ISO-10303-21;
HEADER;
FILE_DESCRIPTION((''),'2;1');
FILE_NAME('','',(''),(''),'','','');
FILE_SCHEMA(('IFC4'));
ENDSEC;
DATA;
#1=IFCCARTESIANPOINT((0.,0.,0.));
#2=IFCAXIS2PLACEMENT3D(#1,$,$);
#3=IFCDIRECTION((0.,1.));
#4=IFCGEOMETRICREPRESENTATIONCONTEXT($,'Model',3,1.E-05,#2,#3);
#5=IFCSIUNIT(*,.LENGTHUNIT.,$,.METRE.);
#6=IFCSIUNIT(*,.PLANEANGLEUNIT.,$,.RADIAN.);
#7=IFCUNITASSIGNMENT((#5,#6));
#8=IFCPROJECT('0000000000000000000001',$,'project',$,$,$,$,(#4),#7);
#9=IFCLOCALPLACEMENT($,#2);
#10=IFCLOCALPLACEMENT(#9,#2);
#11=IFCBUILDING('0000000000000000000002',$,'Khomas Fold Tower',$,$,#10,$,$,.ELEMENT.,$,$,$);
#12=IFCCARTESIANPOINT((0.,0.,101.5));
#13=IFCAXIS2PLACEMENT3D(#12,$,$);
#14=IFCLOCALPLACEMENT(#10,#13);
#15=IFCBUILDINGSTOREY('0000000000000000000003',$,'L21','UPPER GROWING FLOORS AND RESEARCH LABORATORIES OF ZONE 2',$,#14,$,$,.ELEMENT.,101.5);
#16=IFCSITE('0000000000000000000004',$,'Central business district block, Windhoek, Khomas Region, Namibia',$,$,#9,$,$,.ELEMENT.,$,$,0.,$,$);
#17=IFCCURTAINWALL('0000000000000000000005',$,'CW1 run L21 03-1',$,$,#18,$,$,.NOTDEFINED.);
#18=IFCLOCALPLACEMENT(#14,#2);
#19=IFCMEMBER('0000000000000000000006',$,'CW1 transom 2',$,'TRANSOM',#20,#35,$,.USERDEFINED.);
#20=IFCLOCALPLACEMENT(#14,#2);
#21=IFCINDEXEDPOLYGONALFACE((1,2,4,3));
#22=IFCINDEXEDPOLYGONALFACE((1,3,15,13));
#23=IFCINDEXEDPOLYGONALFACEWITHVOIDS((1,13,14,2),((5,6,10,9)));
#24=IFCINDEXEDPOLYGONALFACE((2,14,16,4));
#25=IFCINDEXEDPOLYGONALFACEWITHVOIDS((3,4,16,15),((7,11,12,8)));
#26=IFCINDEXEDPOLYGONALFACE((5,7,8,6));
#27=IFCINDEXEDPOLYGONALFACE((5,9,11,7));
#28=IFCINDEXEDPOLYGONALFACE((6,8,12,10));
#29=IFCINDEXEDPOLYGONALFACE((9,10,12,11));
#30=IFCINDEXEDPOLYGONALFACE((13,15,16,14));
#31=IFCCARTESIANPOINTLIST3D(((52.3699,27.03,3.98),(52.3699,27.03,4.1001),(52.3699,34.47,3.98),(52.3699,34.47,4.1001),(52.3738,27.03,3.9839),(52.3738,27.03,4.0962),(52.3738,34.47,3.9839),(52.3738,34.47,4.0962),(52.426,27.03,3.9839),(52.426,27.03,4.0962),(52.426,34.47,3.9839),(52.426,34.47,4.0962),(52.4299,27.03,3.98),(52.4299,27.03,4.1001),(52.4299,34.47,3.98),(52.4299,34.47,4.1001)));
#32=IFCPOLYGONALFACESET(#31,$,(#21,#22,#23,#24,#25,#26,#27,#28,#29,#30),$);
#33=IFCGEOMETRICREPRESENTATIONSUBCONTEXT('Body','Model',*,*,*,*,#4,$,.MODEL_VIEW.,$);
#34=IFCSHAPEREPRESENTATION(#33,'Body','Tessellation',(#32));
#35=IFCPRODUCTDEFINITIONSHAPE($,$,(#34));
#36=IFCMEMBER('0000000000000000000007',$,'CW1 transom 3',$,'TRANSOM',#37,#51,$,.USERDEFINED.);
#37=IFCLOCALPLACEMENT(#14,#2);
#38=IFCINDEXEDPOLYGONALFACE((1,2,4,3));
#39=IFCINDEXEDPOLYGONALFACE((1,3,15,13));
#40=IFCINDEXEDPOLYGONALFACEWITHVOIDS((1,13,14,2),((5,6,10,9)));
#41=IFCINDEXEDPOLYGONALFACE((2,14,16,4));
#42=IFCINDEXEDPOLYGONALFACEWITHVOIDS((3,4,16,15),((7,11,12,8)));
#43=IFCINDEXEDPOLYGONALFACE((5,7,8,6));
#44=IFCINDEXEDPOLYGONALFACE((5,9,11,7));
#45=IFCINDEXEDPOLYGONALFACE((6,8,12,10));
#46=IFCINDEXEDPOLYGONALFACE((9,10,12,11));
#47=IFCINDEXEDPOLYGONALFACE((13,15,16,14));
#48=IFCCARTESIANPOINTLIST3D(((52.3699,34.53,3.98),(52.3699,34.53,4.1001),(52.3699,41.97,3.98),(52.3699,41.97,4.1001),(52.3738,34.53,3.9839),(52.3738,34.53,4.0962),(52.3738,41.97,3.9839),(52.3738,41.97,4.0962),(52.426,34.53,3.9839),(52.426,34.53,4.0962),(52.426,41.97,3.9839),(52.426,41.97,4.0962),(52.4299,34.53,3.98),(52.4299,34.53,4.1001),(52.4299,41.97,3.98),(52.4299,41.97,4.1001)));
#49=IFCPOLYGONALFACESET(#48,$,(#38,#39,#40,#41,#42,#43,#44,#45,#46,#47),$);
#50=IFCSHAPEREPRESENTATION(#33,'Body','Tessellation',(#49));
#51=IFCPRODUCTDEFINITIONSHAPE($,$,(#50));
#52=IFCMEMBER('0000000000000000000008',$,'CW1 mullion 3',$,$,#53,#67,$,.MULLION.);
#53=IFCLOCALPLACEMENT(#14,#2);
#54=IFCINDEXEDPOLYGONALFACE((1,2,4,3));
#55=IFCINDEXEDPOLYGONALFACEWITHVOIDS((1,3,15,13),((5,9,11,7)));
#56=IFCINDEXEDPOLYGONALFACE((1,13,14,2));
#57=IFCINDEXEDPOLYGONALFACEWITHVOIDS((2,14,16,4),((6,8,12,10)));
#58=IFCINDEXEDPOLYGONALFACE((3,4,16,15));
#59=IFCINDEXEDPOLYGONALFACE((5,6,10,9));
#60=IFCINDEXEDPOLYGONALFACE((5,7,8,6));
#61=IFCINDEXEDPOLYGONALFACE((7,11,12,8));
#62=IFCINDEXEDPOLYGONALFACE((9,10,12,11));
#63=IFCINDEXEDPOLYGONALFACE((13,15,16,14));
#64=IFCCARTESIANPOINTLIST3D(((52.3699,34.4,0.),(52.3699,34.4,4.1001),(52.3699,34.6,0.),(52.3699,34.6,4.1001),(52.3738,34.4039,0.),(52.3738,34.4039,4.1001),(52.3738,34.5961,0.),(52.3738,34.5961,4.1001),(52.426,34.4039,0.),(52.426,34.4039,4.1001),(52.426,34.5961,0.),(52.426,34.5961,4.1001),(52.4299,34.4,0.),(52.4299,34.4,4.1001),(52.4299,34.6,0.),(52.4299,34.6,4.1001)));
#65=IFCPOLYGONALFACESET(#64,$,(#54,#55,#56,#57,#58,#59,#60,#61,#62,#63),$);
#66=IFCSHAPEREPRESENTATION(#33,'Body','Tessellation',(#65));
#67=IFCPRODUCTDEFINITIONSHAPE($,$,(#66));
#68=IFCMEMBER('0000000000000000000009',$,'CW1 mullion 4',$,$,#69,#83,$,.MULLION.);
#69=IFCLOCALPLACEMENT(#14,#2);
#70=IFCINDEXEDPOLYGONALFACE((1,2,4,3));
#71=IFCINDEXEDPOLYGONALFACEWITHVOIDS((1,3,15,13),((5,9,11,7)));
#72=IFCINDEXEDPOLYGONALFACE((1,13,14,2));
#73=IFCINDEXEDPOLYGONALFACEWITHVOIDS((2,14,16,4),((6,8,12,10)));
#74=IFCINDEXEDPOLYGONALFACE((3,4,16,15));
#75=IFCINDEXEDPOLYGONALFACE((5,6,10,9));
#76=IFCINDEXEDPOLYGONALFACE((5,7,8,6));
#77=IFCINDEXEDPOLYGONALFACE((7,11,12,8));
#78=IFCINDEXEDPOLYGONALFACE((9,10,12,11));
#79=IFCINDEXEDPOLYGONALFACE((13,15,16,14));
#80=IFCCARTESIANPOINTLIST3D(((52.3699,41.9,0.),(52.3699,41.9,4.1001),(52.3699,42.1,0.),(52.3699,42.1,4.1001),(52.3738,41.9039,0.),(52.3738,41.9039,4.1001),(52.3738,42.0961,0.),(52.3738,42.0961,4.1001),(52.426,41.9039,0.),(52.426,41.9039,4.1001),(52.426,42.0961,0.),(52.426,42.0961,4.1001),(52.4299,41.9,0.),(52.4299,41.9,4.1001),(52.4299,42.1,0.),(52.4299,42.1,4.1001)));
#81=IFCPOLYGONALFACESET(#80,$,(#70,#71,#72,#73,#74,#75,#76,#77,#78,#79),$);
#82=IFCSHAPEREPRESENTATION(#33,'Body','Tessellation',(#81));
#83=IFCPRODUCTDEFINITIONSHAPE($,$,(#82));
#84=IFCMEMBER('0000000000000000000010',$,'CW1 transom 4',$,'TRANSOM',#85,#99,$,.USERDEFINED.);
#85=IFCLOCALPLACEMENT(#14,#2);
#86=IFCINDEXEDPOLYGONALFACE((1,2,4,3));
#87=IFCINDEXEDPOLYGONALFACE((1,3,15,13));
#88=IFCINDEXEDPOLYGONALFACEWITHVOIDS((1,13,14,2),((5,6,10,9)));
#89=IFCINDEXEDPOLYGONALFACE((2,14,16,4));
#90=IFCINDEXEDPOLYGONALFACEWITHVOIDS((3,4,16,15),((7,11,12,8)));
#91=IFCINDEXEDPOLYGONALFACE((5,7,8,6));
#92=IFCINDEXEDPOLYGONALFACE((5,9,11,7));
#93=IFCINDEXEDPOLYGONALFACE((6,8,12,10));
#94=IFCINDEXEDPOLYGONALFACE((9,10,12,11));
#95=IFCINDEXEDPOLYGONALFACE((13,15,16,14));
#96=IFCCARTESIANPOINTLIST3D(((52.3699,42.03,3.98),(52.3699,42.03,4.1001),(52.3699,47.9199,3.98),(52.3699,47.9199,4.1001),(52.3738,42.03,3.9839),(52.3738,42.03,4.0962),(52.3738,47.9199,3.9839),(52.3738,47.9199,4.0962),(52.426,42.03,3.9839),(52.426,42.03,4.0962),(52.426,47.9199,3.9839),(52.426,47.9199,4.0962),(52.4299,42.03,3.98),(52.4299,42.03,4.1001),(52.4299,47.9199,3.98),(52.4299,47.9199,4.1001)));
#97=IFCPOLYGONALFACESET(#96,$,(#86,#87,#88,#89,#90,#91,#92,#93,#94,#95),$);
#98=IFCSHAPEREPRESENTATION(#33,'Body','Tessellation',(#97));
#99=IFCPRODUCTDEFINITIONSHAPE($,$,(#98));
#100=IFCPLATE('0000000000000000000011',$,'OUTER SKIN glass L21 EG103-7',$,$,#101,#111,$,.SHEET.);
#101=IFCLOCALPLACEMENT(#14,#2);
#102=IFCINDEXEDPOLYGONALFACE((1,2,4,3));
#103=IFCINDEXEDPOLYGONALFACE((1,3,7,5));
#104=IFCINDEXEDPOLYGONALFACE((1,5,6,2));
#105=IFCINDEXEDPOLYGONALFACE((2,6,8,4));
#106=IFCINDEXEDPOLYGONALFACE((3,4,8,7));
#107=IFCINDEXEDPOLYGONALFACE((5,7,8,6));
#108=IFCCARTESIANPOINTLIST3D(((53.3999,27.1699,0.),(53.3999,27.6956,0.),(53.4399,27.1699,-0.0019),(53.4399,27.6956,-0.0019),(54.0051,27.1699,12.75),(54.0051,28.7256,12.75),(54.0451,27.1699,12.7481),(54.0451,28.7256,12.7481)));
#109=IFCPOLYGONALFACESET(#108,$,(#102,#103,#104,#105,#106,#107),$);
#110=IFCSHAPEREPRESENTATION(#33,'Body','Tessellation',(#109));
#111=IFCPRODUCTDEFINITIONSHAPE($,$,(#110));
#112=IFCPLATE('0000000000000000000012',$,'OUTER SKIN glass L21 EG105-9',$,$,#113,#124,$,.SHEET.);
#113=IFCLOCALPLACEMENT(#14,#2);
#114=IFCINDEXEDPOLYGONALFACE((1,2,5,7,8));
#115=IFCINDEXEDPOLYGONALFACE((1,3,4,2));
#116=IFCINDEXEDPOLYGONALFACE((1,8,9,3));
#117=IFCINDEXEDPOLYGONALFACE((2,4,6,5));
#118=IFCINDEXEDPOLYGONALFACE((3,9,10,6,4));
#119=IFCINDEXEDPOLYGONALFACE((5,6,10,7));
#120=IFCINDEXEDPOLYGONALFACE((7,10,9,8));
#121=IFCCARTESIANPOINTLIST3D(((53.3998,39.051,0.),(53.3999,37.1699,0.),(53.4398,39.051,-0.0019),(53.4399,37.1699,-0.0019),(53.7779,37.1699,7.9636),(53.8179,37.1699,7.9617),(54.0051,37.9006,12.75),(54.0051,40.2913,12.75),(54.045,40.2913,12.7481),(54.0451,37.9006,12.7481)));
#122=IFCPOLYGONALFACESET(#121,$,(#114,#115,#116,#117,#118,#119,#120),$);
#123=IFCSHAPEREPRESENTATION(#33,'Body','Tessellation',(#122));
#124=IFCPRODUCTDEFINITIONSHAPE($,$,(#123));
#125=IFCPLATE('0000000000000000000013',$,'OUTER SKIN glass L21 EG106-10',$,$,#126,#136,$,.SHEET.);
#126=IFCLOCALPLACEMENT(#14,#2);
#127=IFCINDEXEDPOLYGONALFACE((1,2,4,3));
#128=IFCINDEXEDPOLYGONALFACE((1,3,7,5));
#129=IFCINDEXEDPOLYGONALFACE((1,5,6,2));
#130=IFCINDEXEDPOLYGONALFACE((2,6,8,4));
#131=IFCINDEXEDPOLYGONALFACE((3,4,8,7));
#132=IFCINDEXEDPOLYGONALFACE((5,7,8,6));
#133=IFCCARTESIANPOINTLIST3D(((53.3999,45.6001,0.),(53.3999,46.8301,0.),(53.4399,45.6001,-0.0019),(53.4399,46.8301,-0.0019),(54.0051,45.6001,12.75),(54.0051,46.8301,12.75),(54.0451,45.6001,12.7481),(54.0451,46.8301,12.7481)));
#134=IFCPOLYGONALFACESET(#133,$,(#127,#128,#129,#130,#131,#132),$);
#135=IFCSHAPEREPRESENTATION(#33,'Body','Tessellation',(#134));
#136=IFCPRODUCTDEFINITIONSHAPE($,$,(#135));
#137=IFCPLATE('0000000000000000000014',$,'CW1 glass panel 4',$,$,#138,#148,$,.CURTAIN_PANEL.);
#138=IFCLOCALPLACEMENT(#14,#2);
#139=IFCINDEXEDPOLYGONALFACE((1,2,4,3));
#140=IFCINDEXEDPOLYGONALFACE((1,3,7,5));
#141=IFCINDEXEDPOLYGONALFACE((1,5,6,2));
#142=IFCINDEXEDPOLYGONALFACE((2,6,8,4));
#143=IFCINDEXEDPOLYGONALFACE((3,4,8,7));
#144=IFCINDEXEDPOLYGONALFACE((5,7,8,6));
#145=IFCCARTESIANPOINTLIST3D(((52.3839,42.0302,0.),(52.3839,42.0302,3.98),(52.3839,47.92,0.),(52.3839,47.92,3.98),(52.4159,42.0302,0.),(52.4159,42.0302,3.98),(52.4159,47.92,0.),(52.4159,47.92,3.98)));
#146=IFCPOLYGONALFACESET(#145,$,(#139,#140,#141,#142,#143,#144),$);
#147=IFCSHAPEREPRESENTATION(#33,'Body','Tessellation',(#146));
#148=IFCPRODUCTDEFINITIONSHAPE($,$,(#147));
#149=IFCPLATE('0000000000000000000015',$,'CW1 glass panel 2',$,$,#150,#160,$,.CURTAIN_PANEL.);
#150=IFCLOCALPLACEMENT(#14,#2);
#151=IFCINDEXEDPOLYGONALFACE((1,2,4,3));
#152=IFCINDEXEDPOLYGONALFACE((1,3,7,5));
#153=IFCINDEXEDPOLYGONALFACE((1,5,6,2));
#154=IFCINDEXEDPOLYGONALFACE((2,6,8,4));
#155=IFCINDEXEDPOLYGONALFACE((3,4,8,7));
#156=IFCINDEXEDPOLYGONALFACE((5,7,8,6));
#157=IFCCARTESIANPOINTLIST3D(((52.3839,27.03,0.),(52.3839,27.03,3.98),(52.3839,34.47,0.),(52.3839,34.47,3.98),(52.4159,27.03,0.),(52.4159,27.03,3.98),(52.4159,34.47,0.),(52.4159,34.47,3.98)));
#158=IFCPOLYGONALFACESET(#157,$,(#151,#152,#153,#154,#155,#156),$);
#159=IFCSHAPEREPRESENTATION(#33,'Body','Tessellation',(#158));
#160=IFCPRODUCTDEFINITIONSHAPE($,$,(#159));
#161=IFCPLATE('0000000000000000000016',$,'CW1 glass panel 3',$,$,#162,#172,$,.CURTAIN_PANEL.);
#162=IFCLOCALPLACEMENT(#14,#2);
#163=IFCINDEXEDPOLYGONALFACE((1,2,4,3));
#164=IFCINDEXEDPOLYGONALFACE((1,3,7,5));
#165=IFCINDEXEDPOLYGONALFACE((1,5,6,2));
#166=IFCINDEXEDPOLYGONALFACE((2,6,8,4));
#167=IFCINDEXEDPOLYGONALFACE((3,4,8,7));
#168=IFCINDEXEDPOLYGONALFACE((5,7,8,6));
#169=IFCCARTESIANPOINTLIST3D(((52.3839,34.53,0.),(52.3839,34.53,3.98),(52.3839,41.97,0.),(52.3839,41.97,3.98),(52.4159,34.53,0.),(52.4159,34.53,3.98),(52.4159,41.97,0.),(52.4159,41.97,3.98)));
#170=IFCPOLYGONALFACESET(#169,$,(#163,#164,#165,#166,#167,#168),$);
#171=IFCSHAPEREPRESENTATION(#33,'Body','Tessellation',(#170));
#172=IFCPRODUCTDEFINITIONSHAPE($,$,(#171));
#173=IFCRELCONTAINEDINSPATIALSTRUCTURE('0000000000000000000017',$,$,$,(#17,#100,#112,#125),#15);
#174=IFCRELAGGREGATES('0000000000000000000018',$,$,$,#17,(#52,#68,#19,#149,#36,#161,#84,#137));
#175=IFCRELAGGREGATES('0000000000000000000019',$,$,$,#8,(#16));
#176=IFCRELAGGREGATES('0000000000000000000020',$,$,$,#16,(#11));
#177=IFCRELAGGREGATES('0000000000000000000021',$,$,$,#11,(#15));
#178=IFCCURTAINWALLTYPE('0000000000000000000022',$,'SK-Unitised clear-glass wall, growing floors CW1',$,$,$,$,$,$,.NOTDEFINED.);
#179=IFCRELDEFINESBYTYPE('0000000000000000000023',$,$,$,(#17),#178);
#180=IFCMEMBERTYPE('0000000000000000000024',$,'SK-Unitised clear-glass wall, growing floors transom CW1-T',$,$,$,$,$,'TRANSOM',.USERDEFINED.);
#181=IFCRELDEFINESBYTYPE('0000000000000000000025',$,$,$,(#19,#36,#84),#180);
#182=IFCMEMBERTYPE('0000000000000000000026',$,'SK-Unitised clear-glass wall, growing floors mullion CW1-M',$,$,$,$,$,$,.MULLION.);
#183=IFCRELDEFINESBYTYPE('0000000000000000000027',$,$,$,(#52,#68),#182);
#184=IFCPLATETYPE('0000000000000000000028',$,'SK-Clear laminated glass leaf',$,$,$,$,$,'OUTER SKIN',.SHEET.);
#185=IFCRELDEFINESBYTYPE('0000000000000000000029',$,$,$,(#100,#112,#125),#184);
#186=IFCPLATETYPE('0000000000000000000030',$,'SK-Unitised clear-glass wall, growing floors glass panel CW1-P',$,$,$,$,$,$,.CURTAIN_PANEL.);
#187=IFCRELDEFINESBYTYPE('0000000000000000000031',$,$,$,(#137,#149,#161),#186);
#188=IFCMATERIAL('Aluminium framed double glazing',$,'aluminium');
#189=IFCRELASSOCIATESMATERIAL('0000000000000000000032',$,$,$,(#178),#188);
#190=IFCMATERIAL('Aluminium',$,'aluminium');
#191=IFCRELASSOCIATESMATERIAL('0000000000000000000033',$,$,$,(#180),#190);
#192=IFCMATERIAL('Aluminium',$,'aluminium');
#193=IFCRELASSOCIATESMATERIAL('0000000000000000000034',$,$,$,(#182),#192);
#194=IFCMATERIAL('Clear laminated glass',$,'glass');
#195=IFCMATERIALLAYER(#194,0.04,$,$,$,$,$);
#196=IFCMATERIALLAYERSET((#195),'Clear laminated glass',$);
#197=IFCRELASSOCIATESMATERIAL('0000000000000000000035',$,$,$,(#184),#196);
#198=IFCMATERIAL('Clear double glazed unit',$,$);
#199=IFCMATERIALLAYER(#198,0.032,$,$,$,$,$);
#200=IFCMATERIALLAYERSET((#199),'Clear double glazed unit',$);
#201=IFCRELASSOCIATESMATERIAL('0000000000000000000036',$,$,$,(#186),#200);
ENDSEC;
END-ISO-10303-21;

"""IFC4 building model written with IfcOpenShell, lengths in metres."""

from ifc_helpers import new_model, si_unit, direction, frame, origin, origin_2d, place, context, subcontext, project, spatial, polyline, rectangle, hollow_rectangle, outline, extrude, source, transform, mapped, material, layer, layer_set, material_profile, profile_set, type_object, element, aggregate, save


model = new_model("IFC4")

# Units and contexts
model_context = context("Model", 3, precision=1e-05, world=origin(), true_north=direction((0.0, 1.0)))
body_context = subcontext(model_context, "Body", "Model", "MODEL_VIEW")
ifc_project = project(units=[si_unit("LENGTHUNIT", "METRE"), si_unit("PLANEANGLEUNIT", "RADIAN")], contexts=[model_context])

# Site, building, storey
site_placement = place(None, origin())
site = spatial("IfcSite", under=ifc_project, at=site_placement, Name="Central business district block, Windhoek, Khomas Region, Namibia", CompositionType="ELEMENT", RefElevation=0.0)
building_placement = place(site_placement, origin())
building = spatial("IfcBuilding", under=site, at=building_placement, Name="Khomas Fold Tower", CompositionType="ELEMENT")
storey_placement = place(building_placement, frame((0.0, 0.0, 101.5)))
storey = spatial("IfcBuildingStorey", under=building, at=storey_placement, Name="L21", Description="UPPER GROWING FLOORS AND RESEARCH LABORATORIES OF ZONE 2", CompositionType="ELEMENT", Elevation=101.5)

# Curtain wall, members
ifc_material_1 = material(Name="Aluminium framed double glazing", Category="aluminium")
curtain_wall_type = type_object("IfcCurtainWallType", Name="SK-Unitised clear-glass wall, growing floors CW1", PredefinedType="NOTDEFINED", material=ifc_material_1)
curtain_wall_placement = place(storey_placement, origin())
curtain_wall = element("IfcCurtainWall", 1, at=curtain_wall_placement, inside=storey, type_object=curtain_wall_type, Name="CW1 run L21 03-1", PredefinedType="NOTDEFINED")
ifc_material_2 = material(Name="Aluminium", Category="aluminium")
ifc_material_profile_1 = material_profile(ifc_material_2, hollow_rectangle(XDim=0.0601, YDim=0.1201, WallThickness=0.0039, at=origin_2d()), Name="SK-Unitised clear-glass wall, growing floors transom CW1-T")
ifc_profile_set_1 = profile_set([ifc_material_profile_1], Name="Aluminium")
member_type_1 = type_object("IfcMemberType", Name="SK-Unitised clear-glass wall, growing floors transom CW1-T", ElementType="TRANSOM", PredefinedType="USERDEFINED", material=ifc_profile_set_1)
shared_shape_1 = source(origin(), body_context, "Body", "SweptSolid", [
    extrude(hollow_rectangle(XDim=0.0601, YDim=0.1201, WallThickness=0.0039, at=origin_2d()), origin(), (0.0, 0.0, 1.0), 7.4399),
])
member_1_placement = place(storey_placement, frame((52.3999, 27.03, 4.04), z_axis=(0.0, 1.0, 0.0), x_axis=(-1.0, 0.0, 0.0)))
member_1 = element("IfcMember", 2, at=member_1_placement, type_object=member_type_1, Name="CW1 transom 2", ObjectType="TRANSOM", PredefinedType="USERDEFINED", context=body_context, shape_type="MappedRepresentation", body=[
    mapped(shared_shape_1, transform((0.0, 0.0, 0.0))),
])
member_2_placement = place(storey_placement, frame((52.3999, 34.53, 4.04), z_axis=(0.0, 1.0, 0.0), x_axis=(-1.0, 0.0, 0.0)))
member_2 = element("IfcMember", 3, at=member_2_placement, type_object=member_type_1, Name="CW1 transom 3", ObjectType="TRANSOM", PredefinedType="USERDEFINED", context=body_context, shape_type="MappedRepresentation", body=[
    mapped(shared_shape_1, transform((0.0, 0.0, 0.0))),
])
ifc_material_3 = material(Name="Aluminium", Category="aluminium")
ifc_material_profile_2 = material_profile(ifc_material_3, hollow_rectangle(XDim=0.0601, YDim=0.2, WallThickness=0.0039, at=origin_2d()), Name="SK-Unitised clear-glass wall, growing floors mullion CW1-M")
ifc_profile_set_2 = profile_set([ifc_material_profile_2], Name="Aluminium")
member_type_2 = type_object("IfcMemberType", Name="SK-Unitised clear-glass wall, growing floors mullion CW1-M", PredefinedType="MULLION", material=ifc_profile_set_2)
shared_shape_2 = source(origin(), body_context, "Body", "SweptSolid", [
    extrude(hollow_rectangle(XDim=0.0601, YDim=0.2, WallThickness=0.0039, at=origin_2d()), origin(), (0.0, 0.0, 1.0), 4.1001),
])
member_3_placement = place(storey_placement, frame((52.3999, 34.5, 0.0), z_axis=(0.0, 0.0, 1.0), x_axis=(-1.0, 0.0, 0.0)))
member_3 = element("IfcMember", 4, at=member_3_placement, type_object=member_type_2, Name="CW1 mullion 3", PredefinedType="MULLION", context=body_context, shape_type="MappedRepresentation", body=[
    mapped(shared_shape_2, transform((0.0, 0.0, 0.0))),
])
member_4_placement = place(storey_placement, frame((52.3999, 42.0, 0.0), z_axis=(0.0, 0.0, 1.0), x_axis=(-1.0, 0.0, 0.0)))
member_4 = element("IfcMember", 5, at=member_4_placement, type_object=member_type_2, Name="CW1 mullion 4", PredefinedType="MULLION", context=body_context, shape_type="MappedRepresentation", body=[
    mapped(shared_shape_2, transform((0.0, 0.0, 0.0))),
])
shared_shape_3 = source(origin(), body_context, "Body", "SweptSolid", [
    extrude(hollow_rectangle(XDim=0.0601, YDim=0.1201, WallThickness=0.0039, at=origin_2d()), origin(), (0.0, 0.0, 1.0), 5.8899),
])
member_5_placement = place(storey_placement, frame((52.3999, 42.03, 4.04), z_axis=(0.0, 1.0, 0.0), x_axis=(-1.0, 0.0, 0.0)))
member_5 = element("IfcMember", 6, at=member_5_placement, type_object=member_type_1, Name="CW1 transom 4", ObjectType="TRANSOM", PredefinedType="USERDEFINED", context=body_context, shape_type="MappedRepresentation", body=[
    mapped(shared_shape_3, transform((0.0, 0.0, 0.0))),
])

# Plates
ifc_material_4 = material(Name="Clear laminated glass", Category="glass")
ifc_layer_1 = layer(ifc_material_4, 0.04)
ifc_layer_set_1 = layer_set([ifc_layer_1], Name="Clear laminated glass")
plate_type_1 = type_object("IfcPlateType", Name="SK-Clear laminated glass leaf", ElementType="OUTER SKIN", PredefinedType="SHEET", material=ifc_layer_set_1)
plate_1_placement = place(storey_placement, frame((54.0051, 28.7256, 12.75), z_axis=(-0.998875, 0.0, 0.047415), x_axis=(-0.047262, -0.080434, -0.995639)))
element("IfcPlate", 7, at=plate_1_placement, inside=storey, type_object=plate_type_1, Name="OUTER SKIN glass L21 EG103-7", PredefinedType="SHEET", context=body_context, shape_type="SweptSolid", body=[
    extrude(outline(polyline([(0.0, 0.0), (12.8058, 0.0), (12.8481, 0.5239), (0.1251, 1.5506), (0.0, 0.0)])), origin(), (0.0, 0.0, -1.0), 0.04),
])
plate_2_placement = place(storey_placement, frame((54.0051, 37.9006, 12.75), z_axis=(-0.998875, -0.000032, 0.047417), x_axis=(-0.000032, 1.0, 0.000002)))
element("IfcPlate", 8, at=plate_2_placement, inside=storey, type_object=plate_type_1, Name="OUTER SKIN glass L21 EG105-9", PredefinedType="SHEET", context=body_context, shape_type="SweptSolid", body=[
    extrude(outline(polyline([(0.0, 0.0), (2.3906, 0.0), (1.1504, 12.7644), (-0.7307, 12.7644), (-0.7307, 4.7918), (0.0, 0.0)])), origin(), (0.0, 0.0, -1.0), 0.04),
])
plate_3_placement = place(storey_placement, frame((54.0051, 45.6001, 12.75), z_axis=(-0.998875, 0.0, 0.047415), x_axis=(0.0, 1.0, 0.0)))
element("IfcPlate", 9, at=plate_3_placement, inside=storey, type_object=plate_type_1, Name="OUTER SKIN glass L21 EG106-10", PredefinedType="SHEET", context=body_context, shape_type="SweptSolid", body=[
    extrude(outline(polyline([(0.0, 0.0), (1.23, 0.0), (1.23, 12.7644), (0.0, 12.7644), (0.0, 0.0)])), origin(), (0.0, 0.0, -1.0), 0.04),
])

# Plates
ifc_material_5 = material(Name="Clear double glazed unit")
ifc_layer_2 = layer(ifc_material_5, 0.032)
ifc_layer_set_2 = layer_set([ifc_layer_2], Name="Clear double glazed unit")
plate_type_2 = type_object("IfcPlateType", Name="SK-Unitised clear-glass wall, growing floors glass panel CW1-P", PredefinedType="CURTAIN_PANEL", material=ifc_layer_set_2)
shared_shape_4 = source(origin(), body_context, "Body", "SweptSolid", [
    extrude(rectangle(XDim=5.8899, YDim=0.032, at=origin_2d()), origin(), (0.0, 0.0, 1.0), 3.98),
])
plate_4_placement = place(storey_placement, frame((52.3999, 44.9751, 0.0), z_axis=(0.0, 0.0, 1.0), x_axis=(0.0, 1.0, 0.0)))
plate_4 = element("IfcPlate", 10, at=plate_4_placement, type_object=plate_type_2, Name="CW1 glass panel 4", PredefinedType="CURTAIN_PANEL", context=body_context, shape_type="MappedRepresentation", body=[
    mapped(shared_shape_4, transform((0.0, 0.0, 0.0))),
])
shared_shape_5 = source(origin(), body_context, "Body", "SweptSolid", [
    extrude(rectangle(XDim=7.4399, YDim=0.032, at=origin_2d()), origin(), (0.0, 0.0, 1.0), 3.98),
])
plate_5_placement = place(storey_placement, frame((52.3999, 30.75, 0.0), z_axis=(0.0, 0.0, 1.0), x_axis=(0.0, 1.0, 0.0)))
plate_5 = element("IfcPlate", 11, at=plate_5_placement, type_object=plate_type_2, Name="CW1 glass panel 2", PredefinedType="CURTAIN_PANEL", context=body_context, shape_type="MappedRepresentation", body=[
    mapped(shared_shape_5, transform((0.0, 0.0, 0.0))),
])
plate_6_placement = place(storey_placement, frame((52.3999, 38.25, 0.0), z_axis=(0.0, 0.0, 1.0), x_axis=(0.0, 1.0, 0.0)))
plate_6 = element("IfcPlate", 12, at=plate_6_placement, type_object=plate_type_2, Name="CW1 glass panel 3", PredefinedType="CURTAIN_PANEL", context=body_context, shape_type="MappedRepresentation", body=[
    mapped(shared_shape_5, transform((0.0, 0.0, 0.0))),
])
aggregate(curtain_wall, [member_3, member_4, member_1, plate_5, member_2, plate_6, member_5, plate_4])

save(model, "model.ifc")
